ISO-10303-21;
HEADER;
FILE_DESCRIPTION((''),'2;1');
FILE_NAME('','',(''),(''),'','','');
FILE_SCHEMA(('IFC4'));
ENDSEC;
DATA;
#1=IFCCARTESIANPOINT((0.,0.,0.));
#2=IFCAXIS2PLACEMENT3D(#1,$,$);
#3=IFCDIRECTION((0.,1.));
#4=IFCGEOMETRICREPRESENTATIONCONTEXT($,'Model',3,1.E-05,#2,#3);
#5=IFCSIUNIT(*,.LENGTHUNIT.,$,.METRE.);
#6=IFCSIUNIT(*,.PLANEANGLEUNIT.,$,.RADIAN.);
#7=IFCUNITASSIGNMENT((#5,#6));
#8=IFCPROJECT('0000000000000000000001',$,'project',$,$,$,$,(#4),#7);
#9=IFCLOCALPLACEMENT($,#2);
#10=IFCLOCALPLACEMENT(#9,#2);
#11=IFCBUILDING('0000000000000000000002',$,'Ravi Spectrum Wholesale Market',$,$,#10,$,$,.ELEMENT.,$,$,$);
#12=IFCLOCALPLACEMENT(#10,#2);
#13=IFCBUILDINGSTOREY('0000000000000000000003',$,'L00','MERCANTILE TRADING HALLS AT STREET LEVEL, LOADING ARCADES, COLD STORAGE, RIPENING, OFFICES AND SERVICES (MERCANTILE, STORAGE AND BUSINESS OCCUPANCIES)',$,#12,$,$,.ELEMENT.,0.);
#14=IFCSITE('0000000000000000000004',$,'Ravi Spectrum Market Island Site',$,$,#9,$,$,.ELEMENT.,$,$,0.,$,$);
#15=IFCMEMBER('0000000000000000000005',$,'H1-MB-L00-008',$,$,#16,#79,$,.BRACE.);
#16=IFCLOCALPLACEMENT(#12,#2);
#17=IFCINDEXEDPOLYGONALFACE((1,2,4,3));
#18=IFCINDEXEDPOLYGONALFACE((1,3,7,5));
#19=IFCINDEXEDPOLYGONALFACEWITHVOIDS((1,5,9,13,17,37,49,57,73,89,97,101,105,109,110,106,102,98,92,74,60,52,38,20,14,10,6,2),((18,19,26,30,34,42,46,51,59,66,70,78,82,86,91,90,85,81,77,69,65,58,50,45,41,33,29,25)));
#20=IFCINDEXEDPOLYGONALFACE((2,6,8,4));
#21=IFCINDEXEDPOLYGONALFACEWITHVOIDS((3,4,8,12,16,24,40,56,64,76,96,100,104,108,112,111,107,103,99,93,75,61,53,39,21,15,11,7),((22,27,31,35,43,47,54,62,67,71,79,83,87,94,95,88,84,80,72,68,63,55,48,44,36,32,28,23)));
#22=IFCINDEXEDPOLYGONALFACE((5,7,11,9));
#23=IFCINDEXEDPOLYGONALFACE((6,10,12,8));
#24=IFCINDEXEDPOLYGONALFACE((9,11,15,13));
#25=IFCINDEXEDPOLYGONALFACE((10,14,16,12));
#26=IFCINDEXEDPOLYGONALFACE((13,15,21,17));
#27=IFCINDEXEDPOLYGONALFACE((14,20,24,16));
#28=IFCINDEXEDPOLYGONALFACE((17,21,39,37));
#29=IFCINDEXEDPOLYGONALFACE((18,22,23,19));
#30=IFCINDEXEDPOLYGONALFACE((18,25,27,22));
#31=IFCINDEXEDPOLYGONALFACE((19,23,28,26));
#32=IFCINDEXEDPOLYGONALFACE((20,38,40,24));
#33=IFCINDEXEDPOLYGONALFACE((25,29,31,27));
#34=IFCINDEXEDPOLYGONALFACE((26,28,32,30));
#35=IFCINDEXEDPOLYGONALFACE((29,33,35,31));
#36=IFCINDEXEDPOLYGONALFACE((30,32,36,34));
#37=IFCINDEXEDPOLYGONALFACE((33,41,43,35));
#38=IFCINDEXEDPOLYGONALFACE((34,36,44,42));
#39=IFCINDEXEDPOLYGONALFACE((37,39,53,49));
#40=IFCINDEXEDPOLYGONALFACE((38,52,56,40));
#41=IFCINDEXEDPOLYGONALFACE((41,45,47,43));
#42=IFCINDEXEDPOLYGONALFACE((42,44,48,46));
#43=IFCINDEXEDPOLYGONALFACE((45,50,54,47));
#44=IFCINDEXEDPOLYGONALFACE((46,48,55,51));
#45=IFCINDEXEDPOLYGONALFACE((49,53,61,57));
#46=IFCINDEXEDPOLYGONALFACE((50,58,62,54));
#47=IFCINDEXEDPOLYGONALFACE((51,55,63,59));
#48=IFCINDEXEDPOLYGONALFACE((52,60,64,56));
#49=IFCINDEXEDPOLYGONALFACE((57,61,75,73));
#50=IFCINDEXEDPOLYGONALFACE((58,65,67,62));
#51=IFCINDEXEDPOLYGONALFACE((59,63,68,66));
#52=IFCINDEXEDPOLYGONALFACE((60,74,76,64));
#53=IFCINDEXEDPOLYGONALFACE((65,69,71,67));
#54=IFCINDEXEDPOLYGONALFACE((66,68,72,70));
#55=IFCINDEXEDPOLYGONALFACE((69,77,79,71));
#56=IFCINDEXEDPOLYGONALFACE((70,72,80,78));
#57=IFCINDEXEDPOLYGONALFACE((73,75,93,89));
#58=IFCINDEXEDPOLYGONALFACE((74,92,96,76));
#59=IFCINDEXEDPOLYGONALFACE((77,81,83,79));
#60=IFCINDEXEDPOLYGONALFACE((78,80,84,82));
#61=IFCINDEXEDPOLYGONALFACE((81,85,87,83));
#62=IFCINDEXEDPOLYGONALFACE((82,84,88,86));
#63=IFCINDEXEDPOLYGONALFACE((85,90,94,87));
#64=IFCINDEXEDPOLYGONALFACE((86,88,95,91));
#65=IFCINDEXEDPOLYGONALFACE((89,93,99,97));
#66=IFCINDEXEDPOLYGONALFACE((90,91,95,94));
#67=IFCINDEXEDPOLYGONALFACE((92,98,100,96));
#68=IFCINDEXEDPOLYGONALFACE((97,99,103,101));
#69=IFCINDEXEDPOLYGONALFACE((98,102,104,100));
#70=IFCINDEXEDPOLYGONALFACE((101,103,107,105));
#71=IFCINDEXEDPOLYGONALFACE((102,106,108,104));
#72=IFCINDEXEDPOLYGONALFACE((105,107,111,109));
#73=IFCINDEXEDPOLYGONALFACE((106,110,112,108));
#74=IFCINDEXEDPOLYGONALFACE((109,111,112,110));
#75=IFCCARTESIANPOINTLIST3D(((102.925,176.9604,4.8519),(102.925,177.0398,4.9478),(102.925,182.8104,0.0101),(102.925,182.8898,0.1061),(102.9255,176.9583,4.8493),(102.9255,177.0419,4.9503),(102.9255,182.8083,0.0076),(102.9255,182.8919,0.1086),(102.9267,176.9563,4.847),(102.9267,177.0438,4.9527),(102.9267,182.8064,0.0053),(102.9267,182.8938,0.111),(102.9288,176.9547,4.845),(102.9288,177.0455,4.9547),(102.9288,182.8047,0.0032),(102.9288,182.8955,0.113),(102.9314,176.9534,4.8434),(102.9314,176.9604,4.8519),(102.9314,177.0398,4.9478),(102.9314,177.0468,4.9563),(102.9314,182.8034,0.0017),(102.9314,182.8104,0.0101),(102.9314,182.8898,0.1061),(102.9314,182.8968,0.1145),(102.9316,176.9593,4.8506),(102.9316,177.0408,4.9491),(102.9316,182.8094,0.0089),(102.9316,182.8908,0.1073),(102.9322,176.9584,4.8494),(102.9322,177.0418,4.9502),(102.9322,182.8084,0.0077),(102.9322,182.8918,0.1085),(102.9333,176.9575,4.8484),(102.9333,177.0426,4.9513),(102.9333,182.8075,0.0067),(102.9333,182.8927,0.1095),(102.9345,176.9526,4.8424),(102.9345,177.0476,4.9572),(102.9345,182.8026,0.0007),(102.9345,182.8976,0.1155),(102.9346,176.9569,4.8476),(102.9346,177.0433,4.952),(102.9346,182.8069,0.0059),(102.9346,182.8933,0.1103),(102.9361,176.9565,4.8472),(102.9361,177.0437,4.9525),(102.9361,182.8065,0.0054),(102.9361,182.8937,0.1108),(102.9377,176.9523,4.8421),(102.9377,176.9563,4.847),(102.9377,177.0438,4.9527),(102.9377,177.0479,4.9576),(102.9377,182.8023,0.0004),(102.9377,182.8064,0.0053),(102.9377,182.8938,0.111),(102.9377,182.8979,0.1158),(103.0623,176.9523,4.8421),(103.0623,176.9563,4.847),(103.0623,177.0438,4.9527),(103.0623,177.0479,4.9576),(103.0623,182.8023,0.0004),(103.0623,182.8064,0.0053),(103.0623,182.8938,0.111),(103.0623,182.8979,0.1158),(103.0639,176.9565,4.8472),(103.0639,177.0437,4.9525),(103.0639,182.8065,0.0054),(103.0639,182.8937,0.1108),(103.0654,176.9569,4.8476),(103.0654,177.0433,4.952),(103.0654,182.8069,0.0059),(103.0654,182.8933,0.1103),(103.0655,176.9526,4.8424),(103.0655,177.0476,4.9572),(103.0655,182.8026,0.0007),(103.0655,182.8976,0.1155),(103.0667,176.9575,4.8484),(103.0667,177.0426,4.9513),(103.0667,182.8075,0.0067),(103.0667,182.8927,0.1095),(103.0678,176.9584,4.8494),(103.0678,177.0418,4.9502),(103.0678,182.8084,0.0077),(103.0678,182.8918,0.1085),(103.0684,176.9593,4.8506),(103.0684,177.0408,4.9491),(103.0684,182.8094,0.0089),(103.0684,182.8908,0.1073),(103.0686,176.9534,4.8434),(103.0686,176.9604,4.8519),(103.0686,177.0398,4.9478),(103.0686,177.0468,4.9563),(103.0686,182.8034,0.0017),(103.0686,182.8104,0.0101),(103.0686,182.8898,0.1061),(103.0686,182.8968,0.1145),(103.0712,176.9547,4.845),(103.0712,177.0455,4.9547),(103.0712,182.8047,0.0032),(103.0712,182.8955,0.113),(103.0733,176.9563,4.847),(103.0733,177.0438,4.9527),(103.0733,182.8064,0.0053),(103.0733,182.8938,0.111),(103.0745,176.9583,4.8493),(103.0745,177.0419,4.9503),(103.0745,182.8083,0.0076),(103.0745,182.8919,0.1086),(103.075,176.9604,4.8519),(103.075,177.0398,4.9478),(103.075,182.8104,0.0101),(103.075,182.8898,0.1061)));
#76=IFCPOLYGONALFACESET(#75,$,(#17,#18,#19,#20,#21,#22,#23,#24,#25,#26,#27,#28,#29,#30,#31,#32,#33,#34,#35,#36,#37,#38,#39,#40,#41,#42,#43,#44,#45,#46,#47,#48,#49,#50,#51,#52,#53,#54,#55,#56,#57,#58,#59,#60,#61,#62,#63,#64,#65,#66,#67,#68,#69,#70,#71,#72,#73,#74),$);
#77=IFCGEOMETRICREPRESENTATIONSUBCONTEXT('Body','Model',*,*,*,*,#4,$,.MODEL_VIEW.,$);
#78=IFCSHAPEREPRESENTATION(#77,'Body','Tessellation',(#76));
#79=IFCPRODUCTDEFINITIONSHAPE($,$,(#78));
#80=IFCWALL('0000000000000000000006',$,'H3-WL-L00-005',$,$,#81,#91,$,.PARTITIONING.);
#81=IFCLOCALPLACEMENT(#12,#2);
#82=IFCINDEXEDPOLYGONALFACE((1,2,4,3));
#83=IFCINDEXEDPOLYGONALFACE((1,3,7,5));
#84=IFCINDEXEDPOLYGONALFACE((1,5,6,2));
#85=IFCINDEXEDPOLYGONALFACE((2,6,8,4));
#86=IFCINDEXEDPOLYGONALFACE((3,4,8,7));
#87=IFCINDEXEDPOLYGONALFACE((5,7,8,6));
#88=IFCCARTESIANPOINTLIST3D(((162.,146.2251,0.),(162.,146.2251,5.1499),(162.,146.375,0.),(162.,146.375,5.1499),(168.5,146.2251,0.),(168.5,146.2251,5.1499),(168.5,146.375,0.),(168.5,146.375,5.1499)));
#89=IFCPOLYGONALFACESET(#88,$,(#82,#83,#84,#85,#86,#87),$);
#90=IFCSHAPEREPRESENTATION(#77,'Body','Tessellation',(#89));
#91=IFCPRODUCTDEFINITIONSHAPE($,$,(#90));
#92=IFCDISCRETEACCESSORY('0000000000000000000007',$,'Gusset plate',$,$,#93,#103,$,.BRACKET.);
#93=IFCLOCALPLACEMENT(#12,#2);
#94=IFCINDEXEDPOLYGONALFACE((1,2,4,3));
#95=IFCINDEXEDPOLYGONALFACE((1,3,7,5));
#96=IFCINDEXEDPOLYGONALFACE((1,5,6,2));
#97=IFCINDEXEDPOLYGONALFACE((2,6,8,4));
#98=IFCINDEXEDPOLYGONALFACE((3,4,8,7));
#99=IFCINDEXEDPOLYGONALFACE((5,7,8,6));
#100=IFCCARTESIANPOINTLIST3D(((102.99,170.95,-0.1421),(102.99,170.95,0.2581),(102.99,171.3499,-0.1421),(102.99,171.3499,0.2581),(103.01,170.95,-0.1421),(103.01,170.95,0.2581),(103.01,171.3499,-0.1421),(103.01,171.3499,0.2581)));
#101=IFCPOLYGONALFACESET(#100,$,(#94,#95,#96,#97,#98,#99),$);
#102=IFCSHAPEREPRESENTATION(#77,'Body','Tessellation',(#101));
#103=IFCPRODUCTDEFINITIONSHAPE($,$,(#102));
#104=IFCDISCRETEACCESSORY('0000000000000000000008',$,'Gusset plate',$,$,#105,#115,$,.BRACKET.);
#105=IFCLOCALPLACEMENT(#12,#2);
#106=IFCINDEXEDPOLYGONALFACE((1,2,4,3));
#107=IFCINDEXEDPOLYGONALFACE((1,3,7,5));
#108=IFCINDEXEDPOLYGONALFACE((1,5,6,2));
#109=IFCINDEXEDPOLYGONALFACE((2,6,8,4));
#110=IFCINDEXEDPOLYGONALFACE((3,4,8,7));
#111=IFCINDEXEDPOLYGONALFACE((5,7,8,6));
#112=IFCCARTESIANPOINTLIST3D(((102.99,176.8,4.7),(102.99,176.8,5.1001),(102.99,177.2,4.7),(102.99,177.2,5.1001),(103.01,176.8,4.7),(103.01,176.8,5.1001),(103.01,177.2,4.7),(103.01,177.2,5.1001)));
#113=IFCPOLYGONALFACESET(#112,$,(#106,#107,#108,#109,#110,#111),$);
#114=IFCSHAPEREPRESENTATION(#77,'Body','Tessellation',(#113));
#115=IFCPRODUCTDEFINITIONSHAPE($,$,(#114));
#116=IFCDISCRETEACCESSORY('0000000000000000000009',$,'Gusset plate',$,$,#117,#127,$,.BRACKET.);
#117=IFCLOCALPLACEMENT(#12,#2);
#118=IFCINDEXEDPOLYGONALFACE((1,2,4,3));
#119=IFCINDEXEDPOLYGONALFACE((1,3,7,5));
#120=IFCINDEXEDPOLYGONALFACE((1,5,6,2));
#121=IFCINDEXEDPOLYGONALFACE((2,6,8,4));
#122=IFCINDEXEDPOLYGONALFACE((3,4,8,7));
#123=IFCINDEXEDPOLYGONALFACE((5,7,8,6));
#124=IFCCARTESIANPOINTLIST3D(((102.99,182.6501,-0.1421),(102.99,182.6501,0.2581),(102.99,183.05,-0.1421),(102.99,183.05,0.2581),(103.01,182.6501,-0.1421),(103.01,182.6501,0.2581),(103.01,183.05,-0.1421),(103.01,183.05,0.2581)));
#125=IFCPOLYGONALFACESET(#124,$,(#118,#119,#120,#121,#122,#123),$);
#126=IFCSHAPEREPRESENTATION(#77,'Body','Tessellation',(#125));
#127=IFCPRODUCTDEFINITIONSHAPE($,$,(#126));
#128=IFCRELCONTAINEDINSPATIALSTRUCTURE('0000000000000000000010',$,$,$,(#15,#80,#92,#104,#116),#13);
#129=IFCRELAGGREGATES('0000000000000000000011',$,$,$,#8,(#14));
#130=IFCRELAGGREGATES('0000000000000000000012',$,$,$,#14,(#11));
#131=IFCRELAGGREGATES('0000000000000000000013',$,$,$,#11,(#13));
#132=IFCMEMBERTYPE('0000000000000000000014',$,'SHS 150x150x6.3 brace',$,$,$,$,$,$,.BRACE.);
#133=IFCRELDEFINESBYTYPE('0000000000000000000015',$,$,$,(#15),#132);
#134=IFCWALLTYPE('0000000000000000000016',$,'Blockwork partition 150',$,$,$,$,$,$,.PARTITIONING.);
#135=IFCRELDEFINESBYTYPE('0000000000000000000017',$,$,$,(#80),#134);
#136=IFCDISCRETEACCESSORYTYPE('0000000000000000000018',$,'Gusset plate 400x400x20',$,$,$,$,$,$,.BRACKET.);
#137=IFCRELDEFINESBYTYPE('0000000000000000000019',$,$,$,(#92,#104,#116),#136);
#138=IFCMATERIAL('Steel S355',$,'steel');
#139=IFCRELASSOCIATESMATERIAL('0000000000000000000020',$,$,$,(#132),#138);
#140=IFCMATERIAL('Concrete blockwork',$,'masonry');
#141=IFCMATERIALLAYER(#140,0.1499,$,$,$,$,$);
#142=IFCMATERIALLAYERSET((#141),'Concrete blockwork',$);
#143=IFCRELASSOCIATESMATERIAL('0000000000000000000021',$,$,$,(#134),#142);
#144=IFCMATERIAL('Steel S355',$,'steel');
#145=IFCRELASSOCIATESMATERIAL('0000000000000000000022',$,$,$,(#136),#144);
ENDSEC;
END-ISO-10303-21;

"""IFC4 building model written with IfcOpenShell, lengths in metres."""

from ifc_helpers import new_model, si_unit, direction, frame, frame_2d, origin, origin_2d, place, context, subcontext, project, spatial, rectangle, hollow_rectangle, extrude, material, layer, layer_set, material_profile, profile_set, type_object, element, save


model = new_model("IFC4")

# Units and contexts
model_context = context("Model", 3, precision=1e-05, world=origin(), true_north=direction((0.0, 1.0)))
body_context = subcontext(model_context, "Body", "Model", "MODEL_VIEW")
ifc_project = project(units=[si_unit("LENGTHUNIT", "METRE"), si_unit("PLANEANGLEUNIT", "RADIAN")], contexts=[model_context])

# Site, building, storey
site_placement = place(None, origin())
site = spatial("IfcSite", under=ifc_project, at=site_placement, Name="Ravi Spectrum Market Island Site", CompositionType="ELEMENT", RefElevation=0.0)
building_placement = place(site_placement, origin())
building = spatial("IfcBuilding", under=site, at=building_placement, Name="Ravi Spectrum Wholesale Market", CompositionType="ELEMENT")
storey_placement = place(building_placement, origin())
storey = spatial("IfcBuildingStorey", under=building, at=storey_placement, Name="L00", Description="MERCANTILE TRADING HALLS AT STREET LEVEL, LOADING ARCADES, COLD STORAGE, RIPENING, OFFICES AND SERVICES (MERCANTILE, STORAGE AND BUSINESS OCCUPANCIES)", CompositionType="ELEMENT", Elevation=0.0)

# Member
ifc_material_1 = material(Name="Steel S355", Category="steel")
ifc_material_profile_1 = material_profile(ifc_material_1, hollow_rectangle(XDim=0.1499, YDim=0.1499, WallThickness=0.0063, InnerFilletRadius=0.0063, OuterFilletRadius=0.0127, at=origin_2d()))
ifc_profile_set_1 = profile_set([ifc_material_profile_1], Name="Steel S355")
member_type = type_object("IfcMemberType", Name="SHS 150x150x6.3 brace", PredefinedType="BRACE", material=ifc_profile_set_1)
member_placement = place(storey_placement, frame((103.0, 182.8501, 0.0581), z_axis=(0.0, -0.770373, 0.637594), x_axis=(1.0, 0.0, 0.0)))
element("IfcMember", 1, at=member_placement, inside=storey, type_object=member_type, Name="H1-MB-L00-008", PredefinedType="BRACE", context=body_context, shape_type="SweptSolid", body=[
    extrude(hollow_rectangle(XDim=0.1499, YDim=0.1499, WallThickness=0.0063, InnerFilletRadius=0.0063, OuterFilletRadius=0.0127, at=origin_2d()), origin(), (0.0, 0.0, 1.0), 7.5938),
])

# Wall
ifc_material_2 = material(Name="Concrete blockwork", Category="masonry")
ifc_layer = layer(ifc_material_2, 0.1499)
ifc_layer_set = layer_set([ifc_layer], Name="Concrete blockwork")
wall_type = type_object("IfcWallType", Name="Blockwork partition 150", PredefinedType="PARTITIONING", material=ifc_layer_set)
wall_placement = place(storey_placement, frame((162.0, 146.3, 0.0), z_axis=(0.0, 0.0, 1.0), x_axis=(1.0, 0.0, 0.0)))
element("IfcWall", 2, at=wall_placement, inside=storey, type_object=wall_type, Name="H3-WL-L00-005", PredefinedType="PARTITIONING", context=body_context, shape_type="SweptSolid", body=[
    extrude(rectangle(XDim=6.5, YDim=0.1499, at=frame_2d((3.25, 0.0))), origin(), (0.0, 0.0, 1.0), 5.1499),
])

# Discrete accessories
ifc_material_3 = material(Name="Steel S355", Category="steel")
ifc_material_profile_2 = material_profile(ifc_material_3, rectangle(XDim=0.3999, YDim=0.02, at=origin_2d()))
ifc_profile_set_2 = profile_set([ifc_material_profile_2], Name="Steel S355")
discrete_accessory_type = type_object("IfcDiscreteAccessoryType", Name="Gusset plate 400x400x20", PredefinedType="BRACKET", material=ifc_profile_set_2)
for number, where, z_axis, x_axis, name in (
    (3, (103.0, 171.1499, -0.1421), (0.0, 0.0, 1.0), (0.0, 1.0, 0.0), "Gusset plate"),
    (4, (103.0, 177.0, 4.7), (0.0, 0.0, 1.0), (0.0, 1.0, 0.0), "Gusset plate"),
    (5, (103.0, 182.8501, -0.1421), (0.0, 0.0, 1.0), (0.0, -1.0, 0.0), "Gusset plate"),
):
    element("IfcDiscreteAccessory", number, at=place(storey_placement, frame(where, z_axis=z_axis, x_axis=x_axis)), inside=storey, type_object=discrete_accessory_type, Name=name, PredefinedType="BRACKET", context=body_context, shape_type="SweptSolid", body=[
        extrude(rectangle(XDim=0.3999, YDim=0.02, at=origin_2d()), origin(), (0.0, 0.0, 1.0), 0.4001),
    ])

save(model, "model.ifc")
